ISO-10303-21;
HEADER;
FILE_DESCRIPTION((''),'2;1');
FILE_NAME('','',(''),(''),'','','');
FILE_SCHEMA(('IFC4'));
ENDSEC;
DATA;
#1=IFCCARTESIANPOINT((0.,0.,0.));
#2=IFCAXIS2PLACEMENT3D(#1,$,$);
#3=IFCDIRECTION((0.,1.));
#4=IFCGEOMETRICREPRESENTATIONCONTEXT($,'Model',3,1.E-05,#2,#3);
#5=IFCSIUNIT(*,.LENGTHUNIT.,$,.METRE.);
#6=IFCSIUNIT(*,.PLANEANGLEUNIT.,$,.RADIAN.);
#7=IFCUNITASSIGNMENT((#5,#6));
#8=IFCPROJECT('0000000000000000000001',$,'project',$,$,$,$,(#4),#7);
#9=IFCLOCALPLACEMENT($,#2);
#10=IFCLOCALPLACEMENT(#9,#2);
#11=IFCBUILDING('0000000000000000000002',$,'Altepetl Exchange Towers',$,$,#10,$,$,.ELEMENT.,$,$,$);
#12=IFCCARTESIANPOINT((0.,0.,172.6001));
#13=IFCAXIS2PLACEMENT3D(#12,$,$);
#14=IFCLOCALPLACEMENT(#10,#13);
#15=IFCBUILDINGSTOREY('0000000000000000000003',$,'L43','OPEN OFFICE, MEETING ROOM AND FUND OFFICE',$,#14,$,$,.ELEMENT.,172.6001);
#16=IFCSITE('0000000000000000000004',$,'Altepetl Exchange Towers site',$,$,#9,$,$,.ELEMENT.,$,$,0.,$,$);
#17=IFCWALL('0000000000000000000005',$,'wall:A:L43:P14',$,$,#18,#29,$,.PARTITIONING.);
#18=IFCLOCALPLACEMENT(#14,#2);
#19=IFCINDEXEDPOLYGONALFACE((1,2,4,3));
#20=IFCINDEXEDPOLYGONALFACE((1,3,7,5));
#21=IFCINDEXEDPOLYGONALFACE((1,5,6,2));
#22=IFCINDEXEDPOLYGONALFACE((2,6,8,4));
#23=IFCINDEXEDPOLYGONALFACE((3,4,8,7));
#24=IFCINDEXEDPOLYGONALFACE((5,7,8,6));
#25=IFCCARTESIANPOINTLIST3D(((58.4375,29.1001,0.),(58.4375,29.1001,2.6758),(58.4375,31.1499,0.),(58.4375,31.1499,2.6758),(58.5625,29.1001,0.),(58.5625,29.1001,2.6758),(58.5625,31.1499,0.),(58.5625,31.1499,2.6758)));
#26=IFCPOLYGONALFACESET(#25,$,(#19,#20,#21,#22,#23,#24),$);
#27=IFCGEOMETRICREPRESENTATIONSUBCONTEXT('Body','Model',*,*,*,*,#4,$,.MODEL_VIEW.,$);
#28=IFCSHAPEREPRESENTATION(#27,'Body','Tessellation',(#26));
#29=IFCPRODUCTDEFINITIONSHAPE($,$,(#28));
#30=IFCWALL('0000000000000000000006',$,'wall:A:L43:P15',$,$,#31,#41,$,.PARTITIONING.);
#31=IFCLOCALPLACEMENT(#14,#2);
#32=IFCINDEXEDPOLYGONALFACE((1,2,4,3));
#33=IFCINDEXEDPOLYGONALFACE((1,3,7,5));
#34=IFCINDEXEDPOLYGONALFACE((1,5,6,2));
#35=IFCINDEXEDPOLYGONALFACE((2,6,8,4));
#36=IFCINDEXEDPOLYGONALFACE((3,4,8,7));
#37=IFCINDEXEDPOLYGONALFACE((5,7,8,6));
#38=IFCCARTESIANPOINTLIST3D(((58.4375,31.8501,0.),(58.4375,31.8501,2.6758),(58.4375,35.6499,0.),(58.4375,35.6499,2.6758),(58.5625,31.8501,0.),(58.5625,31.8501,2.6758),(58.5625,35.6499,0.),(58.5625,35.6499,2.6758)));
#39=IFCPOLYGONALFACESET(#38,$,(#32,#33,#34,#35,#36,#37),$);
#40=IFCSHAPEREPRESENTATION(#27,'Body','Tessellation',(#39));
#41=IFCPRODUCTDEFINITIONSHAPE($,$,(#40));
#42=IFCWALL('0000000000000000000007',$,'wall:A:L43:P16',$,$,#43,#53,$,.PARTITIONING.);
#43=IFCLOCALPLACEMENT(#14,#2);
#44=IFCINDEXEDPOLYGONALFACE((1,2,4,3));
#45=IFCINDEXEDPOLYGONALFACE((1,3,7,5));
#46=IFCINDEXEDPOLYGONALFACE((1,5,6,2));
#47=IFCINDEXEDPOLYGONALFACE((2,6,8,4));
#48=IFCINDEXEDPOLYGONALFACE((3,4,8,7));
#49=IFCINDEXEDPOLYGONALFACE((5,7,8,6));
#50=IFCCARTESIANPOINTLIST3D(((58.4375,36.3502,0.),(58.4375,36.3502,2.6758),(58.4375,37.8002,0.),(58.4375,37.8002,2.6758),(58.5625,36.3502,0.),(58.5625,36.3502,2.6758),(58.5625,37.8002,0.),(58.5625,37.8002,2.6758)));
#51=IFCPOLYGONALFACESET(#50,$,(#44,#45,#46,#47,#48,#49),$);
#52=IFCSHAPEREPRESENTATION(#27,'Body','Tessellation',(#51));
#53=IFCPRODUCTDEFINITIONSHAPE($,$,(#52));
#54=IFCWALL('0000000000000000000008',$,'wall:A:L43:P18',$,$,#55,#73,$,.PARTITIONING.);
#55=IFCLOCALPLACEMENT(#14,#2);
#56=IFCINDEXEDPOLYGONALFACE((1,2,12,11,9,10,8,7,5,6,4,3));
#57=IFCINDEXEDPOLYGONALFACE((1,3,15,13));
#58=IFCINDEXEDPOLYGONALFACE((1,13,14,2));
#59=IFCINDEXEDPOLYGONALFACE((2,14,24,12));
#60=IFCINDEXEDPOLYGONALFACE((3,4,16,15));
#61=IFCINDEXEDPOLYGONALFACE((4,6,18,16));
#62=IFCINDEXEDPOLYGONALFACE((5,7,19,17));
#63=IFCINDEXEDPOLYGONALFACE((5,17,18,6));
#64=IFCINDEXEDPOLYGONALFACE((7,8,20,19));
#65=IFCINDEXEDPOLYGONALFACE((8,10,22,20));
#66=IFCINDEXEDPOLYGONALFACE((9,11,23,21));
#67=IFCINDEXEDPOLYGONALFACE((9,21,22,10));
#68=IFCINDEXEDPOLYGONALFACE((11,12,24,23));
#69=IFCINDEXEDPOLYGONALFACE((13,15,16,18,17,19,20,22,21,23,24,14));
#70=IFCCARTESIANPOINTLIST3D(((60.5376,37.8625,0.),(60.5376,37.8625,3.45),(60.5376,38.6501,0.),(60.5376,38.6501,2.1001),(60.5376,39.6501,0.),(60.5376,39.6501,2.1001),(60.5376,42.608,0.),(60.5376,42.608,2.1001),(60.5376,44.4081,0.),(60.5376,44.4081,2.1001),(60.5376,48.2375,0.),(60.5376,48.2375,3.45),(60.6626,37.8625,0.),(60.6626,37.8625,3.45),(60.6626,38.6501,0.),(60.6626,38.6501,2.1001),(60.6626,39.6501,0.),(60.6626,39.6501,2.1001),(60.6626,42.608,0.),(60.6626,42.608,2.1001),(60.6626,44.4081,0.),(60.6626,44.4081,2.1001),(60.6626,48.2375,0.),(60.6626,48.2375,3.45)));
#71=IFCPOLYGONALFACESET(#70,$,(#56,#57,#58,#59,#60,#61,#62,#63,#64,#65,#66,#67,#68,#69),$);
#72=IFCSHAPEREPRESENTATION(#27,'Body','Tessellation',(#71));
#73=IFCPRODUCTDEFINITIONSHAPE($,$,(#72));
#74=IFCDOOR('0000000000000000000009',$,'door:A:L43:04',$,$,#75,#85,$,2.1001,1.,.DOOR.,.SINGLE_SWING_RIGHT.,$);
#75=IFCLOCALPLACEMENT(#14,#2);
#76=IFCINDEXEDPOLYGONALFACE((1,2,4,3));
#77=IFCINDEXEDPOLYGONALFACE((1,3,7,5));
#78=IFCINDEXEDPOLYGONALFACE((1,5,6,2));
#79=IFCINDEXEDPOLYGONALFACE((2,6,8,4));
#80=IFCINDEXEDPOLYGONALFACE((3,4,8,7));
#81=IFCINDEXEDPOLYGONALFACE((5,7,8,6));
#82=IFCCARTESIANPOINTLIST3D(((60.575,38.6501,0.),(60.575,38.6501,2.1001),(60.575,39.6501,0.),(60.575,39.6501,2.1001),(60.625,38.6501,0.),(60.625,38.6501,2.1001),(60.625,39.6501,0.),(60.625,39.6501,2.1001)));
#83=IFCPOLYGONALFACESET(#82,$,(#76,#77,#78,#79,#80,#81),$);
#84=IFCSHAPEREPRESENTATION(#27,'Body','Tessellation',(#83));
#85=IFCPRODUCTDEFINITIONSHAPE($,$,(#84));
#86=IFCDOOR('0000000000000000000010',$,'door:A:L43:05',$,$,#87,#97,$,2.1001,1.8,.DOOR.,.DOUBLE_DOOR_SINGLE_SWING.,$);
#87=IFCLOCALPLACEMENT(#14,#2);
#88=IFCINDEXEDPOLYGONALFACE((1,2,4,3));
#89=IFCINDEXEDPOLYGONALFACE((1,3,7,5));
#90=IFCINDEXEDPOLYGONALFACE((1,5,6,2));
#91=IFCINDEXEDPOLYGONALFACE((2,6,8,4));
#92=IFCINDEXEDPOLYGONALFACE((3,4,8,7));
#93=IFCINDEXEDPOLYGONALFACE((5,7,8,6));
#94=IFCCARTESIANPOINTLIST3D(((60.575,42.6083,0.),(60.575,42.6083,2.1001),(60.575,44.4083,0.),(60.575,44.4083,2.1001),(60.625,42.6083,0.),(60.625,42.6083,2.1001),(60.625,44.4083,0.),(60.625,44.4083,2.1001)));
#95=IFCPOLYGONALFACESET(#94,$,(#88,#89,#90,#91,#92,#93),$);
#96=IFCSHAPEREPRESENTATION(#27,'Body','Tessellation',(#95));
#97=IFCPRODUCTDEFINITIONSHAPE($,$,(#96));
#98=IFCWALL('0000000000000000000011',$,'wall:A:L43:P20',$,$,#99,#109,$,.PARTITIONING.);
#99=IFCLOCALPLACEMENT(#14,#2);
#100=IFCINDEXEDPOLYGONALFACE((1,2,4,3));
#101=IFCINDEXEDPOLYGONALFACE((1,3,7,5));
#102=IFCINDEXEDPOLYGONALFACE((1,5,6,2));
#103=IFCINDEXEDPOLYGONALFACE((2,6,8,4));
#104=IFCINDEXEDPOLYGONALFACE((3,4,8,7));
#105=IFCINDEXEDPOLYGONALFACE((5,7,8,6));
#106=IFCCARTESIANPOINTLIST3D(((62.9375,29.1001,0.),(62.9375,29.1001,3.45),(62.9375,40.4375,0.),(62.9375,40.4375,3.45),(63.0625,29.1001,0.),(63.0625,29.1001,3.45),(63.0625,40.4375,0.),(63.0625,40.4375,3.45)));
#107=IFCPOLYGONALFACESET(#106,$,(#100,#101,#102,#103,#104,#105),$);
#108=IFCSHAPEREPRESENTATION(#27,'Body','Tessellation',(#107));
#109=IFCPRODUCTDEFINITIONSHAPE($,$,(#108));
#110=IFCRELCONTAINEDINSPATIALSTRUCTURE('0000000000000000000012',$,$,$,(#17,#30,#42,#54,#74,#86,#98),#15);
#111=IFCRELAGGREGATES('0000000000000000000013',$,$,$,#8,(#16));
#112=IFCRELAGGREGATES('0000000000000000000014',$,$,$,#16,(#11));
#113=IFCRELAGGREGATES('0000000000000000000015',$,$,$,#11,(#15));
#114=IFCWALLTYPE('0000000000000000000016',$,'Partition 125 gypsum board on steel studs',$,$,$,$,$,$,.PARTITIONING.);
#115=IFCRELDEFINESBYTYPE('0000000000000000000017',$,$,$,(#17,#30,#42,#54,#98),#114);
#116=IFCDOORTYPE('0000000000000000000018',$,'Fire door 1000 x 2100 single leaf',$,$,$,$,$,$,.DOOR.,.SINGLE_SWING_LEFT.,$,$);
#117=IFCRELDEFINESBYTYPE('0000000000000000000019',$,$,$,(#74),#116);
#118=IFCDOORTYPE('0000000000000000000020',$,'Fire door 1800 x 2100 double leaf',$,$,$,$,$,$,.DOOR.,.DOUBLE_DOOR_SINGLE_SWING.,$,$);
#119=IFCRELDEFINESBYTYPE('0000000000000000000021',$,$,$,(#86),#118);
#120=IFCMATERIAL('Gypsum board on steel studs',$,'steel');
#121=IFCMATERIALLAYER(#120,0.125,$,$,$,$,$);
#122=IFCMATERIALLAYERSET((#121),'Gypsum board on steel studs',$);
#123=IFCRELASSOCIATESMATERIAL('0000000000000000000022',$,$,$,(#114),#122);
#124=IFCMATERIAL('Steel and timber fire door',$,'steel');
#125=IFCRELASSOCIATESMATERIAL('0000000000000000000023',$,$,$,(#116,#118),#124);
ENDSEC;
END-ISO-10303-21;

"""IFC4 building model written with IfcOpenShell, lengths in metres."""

from ifc_helpers import new_model, si_unit, direction, frame, frame_2d, origin, place, context, subcontext, project, spatial, rectangle, extrude, material, layer, layer_set, type_object, element, fill, save


model = new_model("IFC4")

# Units and contexts
model_context = context("Model", 3, precision=1e-05, world=origin(), true_north=direction((0.0, 1.0)))
body_context = subcontext(model_context, "Body", "Model", "MODEL_VIEW")
ifc_project = project(units=[si_unit("LENGTHUNIT", "METRE"), si_unit("PLANEANGLEUNIT", "RADIAN")], contexts=[model_context])

# Site, building, storey
site_placement = place(None, origin())
site = spatial("IfcSite", under=ifc_project, at=site_placement, Name="Altepetl Exchange Towers site", CompositionType="ELEMENT", RefElevation=0.0)
building_placement = place(site_placement, origin())
building = spatial("IfcBuilding", under=site, at=building_placement, Name="Altepetl Exchange Towers", CompositionType="ELEMENT")
storey_placement = place(building_placement, frame((0.0, 0.0, 172.6001)))
storey = spatial("IfcBuildingStorey", under=building, at=storey_placement, Name="L43", Description="OPEN OFFICE, MEETING ROOM AND FUND OFFICE", CompositionType="ELEMENT", Elevation=172.6001)

# Walls
ifc_material_1 = material(Name="Gypsum board on steel studs", Category="steel")
ifc_layer_1 = layer(ifc_material_1, 0.125)
ifc_layer_set_1 = layer_set([ifc_layer_1], Name="Gypsum board on steel studs")
wall_type = type_object("IfcWallType", Name="Partition 125 gypsum board on steel studs", PredefinedType="PARTITIONING", material=ifc_layer_set_1)
wall_1_placement = place(storey_placement, frame((58.5, 29.1001, 0.0), z_axis=(0.0, 0.0, 1.0), x_axis=(0.0, 1.0, 0.0)))
element("IfcWall", 1, at=wall_1_placement, inside=storey, type_object=wall_type, Name="wall:A:L43:P14", PredefinedType="PARTITIONING", context=body_context, shape_type="SweptSolid", body=[
    extrude(rectangle(XDim=2.0498, YDim=0.125, at=frame_2d((1.0249, 0.0))), origin(), (0.0, 0.0, 1.0), 2.6758),
])
wall_2_placement = place(storey_placement, frame((58.5, 31.8501, 0.0), z_axis=(0.0, 0.0, 1.0), x_axis=(0.0, 1.0, 0.0)))
element("IfcWall", 2, at=wall_2_placement, inside=storey, type_object=wall_type, Name="wall:A:L43:P15", PredefinedType="PARTITIONING", context=body_context, shape_type="SweptSolid", body=[
    extrude(rectangle(XDim=3.7998, YDim=0.125, at=frame_2d((1.8999, 0.0))), origin(), (0.0, 0.0, 1.0), 2.6758),
])
wall_3_placement = place(storey_placement, frame((58.5, 36.3501, 0.0), z_axis=(0.0, 0.0, 1.0), x_axis=(0.0, 1.0, 0.0)))
element("IfcWall", 3, at=wall_3_placement, inside=storey, type_object=wall_type, Name="wall:A:L43:P16", PredefinedType="PARTITIONING", context=body_context, shape_type="SweptSolid", body=[
    extrude(rectangle(XDim=1.45, YDim=0.125, at=frame_2d((0.7251, 0.0))), origin(), (0.0, 0.0, 1.0), 2.6758),
])

# Wall, openings, doors
wall_4_placement = place(storey_placement, frame((60.6001, 37.8625, 0.0), z_axis=(0.0, 0.0, 1.0), x_axis=(0.0, 1.0, 0.0)))
wall_4 = element("IfcWall", 4, at=wall_4_placement, inside=storey, type_object=wall_type, Name="wall:A:L43:P18", PredefinedType="PARTITIONING", context=body_context, shape_type="SweptSolid", body=[
    extrude(rectangle(XDim=10.375, YDim=0.125, at=frame_2d((5.1875, 0.0))), origin(), (0.0, 0.0, 1.0), 3.45),
])
opening_1_placement = place(wall_4_placement, frame((0.7876, 0.0, 0.0)))
opening_1 = element("IfcOpeningElement", 5, at=opening_1_placement, cuts=wall_4, PredefinedType="OPENING", context=body_context, shape_type="SweptSolid", body=[
    extrude(rectangle(XDim=1.0, YDim=2.1001, at=frame_2d((0.5, 1.05))), frame((0.0, 0.0725, 0.0), z_axis=(0.0, -1.0, 0.0), x_axis=(1.0, 0.0, 0.0)), (0.0, 0.0, 1.0), 0.145),
])
opening_2_placement = place(wall_4_placement, frame((4.7456, 0.0, 0.0)))
opening_2 = element("IfcOpeningElement", 6, at=opening_2_placement, cuts=wall_4, PredefinedType="OPENING", context=body_context, shape_type="SweptSolid", body=[
    extrude(rectangle(XDim=1.8, YDim=2.1001, at=frame_2d((0.8999, 1.05))), frame((0.0, 0.0725, 0.0), z_axis=(0.0, -1.0, 0.0), x_axis=(1.0, 0.0, 0.0)), (0.0, 0.0, 1.0), 0.145),
])
ifc_material_2 = material(Name="Steel and timber fire door", Category="steel")
door_type_1 = type_object("IfcDoorType", Name="Fire door 1000 x 2100 single leaf", OperationType="SINGLE_SWING_LEFT", PredefinedType="DOOR", material=ifc_material_2)
door_1_placement = place(opening_1_placement, frame((1.0, 0.0, 0.0), x_axis=(-1.0, 0.0, 0.0)))
door_1 = element("IfcDoor", 7, at=door_1_placement, inside=storey, type_object=door_type_1, Name="door:A:L43:04", OperationType="SINGLE_SWING_RIGHT", OverallHeight=2.1001, OverallWidth=1.0, PredefinedType="DOOR", context=body_context, shape_type="SweptSolid", body=[
    extrude(rectangle(XDim=1.0, YDim=2.1001, at=frame_2d((0.5, 1.05))), frame((0.0, 0.0249, 0.0), z_axis=(0.0, -1.0, 0.0), x_axis=(1.0, 0.0, 0.0)), (0.0, 0.0, 1.0), 0.05),
])
fill(opening_1, door_1)
door_type_2 = type_object("IfcDoorType", Name="Fire door 1800 x 2100 double leaf", OperationType="DOUBLE_DOOR_SINGLE_SWING", PredefinedType="DOOR", material=ifc_material_2)
door_2_placement = place(opening_2_placement, frame((1.8, 0.0, 0.0), x_axis=(-1.0, 0.0, 0.0)))
door_2 = element("IfcDoor", 8, at=door_2_placement, inside=storey, type_object=door_type_2, Name="door:A:L43:05", OperationType="DOUBLE_DOOR_SINGLE_SWING", OverallHeight=2.1001, OverallWidth=1.8, PredefinedType="DOOR", context=body_context, shape_type="SweptSolid", body=[
    extrude(rectangle(XDim=1.8, YDim=2.1001, at=frame_2d((0.8999, 1.05))), frame((0.0, 0.0249, 0.0), z_axis=(0.0, -1.0, 0.0), x_axis=(1.0, 0.0, 0.0)), (0.0, 0.0, 1.0), 0.05),
])
fill(opening_2, door_2)

# Wall
wall_5_placement = place(storey_placement, frame((63.0, 29.1001, 0.0), z_axis=(0.0, 0.0, 1.0), x_axis=(0.0, 1.0, 0.0)))
element("IfcWall", 9, at=wall_5_placement, inside=storey, type_object=wall_type, Name="wall:A:L43:P20", PredefinedType="PARTITIONING", context=body_context, shape_type="SweptSolid", body=[
    extrude(rectangle(XDim=11.3374, YDim=0.125, at=frame_2d((5.6687, 0.0))), origin(), (0.0, 0.0, 1.0), 3.45),
])

save(model, "model.ifc")
